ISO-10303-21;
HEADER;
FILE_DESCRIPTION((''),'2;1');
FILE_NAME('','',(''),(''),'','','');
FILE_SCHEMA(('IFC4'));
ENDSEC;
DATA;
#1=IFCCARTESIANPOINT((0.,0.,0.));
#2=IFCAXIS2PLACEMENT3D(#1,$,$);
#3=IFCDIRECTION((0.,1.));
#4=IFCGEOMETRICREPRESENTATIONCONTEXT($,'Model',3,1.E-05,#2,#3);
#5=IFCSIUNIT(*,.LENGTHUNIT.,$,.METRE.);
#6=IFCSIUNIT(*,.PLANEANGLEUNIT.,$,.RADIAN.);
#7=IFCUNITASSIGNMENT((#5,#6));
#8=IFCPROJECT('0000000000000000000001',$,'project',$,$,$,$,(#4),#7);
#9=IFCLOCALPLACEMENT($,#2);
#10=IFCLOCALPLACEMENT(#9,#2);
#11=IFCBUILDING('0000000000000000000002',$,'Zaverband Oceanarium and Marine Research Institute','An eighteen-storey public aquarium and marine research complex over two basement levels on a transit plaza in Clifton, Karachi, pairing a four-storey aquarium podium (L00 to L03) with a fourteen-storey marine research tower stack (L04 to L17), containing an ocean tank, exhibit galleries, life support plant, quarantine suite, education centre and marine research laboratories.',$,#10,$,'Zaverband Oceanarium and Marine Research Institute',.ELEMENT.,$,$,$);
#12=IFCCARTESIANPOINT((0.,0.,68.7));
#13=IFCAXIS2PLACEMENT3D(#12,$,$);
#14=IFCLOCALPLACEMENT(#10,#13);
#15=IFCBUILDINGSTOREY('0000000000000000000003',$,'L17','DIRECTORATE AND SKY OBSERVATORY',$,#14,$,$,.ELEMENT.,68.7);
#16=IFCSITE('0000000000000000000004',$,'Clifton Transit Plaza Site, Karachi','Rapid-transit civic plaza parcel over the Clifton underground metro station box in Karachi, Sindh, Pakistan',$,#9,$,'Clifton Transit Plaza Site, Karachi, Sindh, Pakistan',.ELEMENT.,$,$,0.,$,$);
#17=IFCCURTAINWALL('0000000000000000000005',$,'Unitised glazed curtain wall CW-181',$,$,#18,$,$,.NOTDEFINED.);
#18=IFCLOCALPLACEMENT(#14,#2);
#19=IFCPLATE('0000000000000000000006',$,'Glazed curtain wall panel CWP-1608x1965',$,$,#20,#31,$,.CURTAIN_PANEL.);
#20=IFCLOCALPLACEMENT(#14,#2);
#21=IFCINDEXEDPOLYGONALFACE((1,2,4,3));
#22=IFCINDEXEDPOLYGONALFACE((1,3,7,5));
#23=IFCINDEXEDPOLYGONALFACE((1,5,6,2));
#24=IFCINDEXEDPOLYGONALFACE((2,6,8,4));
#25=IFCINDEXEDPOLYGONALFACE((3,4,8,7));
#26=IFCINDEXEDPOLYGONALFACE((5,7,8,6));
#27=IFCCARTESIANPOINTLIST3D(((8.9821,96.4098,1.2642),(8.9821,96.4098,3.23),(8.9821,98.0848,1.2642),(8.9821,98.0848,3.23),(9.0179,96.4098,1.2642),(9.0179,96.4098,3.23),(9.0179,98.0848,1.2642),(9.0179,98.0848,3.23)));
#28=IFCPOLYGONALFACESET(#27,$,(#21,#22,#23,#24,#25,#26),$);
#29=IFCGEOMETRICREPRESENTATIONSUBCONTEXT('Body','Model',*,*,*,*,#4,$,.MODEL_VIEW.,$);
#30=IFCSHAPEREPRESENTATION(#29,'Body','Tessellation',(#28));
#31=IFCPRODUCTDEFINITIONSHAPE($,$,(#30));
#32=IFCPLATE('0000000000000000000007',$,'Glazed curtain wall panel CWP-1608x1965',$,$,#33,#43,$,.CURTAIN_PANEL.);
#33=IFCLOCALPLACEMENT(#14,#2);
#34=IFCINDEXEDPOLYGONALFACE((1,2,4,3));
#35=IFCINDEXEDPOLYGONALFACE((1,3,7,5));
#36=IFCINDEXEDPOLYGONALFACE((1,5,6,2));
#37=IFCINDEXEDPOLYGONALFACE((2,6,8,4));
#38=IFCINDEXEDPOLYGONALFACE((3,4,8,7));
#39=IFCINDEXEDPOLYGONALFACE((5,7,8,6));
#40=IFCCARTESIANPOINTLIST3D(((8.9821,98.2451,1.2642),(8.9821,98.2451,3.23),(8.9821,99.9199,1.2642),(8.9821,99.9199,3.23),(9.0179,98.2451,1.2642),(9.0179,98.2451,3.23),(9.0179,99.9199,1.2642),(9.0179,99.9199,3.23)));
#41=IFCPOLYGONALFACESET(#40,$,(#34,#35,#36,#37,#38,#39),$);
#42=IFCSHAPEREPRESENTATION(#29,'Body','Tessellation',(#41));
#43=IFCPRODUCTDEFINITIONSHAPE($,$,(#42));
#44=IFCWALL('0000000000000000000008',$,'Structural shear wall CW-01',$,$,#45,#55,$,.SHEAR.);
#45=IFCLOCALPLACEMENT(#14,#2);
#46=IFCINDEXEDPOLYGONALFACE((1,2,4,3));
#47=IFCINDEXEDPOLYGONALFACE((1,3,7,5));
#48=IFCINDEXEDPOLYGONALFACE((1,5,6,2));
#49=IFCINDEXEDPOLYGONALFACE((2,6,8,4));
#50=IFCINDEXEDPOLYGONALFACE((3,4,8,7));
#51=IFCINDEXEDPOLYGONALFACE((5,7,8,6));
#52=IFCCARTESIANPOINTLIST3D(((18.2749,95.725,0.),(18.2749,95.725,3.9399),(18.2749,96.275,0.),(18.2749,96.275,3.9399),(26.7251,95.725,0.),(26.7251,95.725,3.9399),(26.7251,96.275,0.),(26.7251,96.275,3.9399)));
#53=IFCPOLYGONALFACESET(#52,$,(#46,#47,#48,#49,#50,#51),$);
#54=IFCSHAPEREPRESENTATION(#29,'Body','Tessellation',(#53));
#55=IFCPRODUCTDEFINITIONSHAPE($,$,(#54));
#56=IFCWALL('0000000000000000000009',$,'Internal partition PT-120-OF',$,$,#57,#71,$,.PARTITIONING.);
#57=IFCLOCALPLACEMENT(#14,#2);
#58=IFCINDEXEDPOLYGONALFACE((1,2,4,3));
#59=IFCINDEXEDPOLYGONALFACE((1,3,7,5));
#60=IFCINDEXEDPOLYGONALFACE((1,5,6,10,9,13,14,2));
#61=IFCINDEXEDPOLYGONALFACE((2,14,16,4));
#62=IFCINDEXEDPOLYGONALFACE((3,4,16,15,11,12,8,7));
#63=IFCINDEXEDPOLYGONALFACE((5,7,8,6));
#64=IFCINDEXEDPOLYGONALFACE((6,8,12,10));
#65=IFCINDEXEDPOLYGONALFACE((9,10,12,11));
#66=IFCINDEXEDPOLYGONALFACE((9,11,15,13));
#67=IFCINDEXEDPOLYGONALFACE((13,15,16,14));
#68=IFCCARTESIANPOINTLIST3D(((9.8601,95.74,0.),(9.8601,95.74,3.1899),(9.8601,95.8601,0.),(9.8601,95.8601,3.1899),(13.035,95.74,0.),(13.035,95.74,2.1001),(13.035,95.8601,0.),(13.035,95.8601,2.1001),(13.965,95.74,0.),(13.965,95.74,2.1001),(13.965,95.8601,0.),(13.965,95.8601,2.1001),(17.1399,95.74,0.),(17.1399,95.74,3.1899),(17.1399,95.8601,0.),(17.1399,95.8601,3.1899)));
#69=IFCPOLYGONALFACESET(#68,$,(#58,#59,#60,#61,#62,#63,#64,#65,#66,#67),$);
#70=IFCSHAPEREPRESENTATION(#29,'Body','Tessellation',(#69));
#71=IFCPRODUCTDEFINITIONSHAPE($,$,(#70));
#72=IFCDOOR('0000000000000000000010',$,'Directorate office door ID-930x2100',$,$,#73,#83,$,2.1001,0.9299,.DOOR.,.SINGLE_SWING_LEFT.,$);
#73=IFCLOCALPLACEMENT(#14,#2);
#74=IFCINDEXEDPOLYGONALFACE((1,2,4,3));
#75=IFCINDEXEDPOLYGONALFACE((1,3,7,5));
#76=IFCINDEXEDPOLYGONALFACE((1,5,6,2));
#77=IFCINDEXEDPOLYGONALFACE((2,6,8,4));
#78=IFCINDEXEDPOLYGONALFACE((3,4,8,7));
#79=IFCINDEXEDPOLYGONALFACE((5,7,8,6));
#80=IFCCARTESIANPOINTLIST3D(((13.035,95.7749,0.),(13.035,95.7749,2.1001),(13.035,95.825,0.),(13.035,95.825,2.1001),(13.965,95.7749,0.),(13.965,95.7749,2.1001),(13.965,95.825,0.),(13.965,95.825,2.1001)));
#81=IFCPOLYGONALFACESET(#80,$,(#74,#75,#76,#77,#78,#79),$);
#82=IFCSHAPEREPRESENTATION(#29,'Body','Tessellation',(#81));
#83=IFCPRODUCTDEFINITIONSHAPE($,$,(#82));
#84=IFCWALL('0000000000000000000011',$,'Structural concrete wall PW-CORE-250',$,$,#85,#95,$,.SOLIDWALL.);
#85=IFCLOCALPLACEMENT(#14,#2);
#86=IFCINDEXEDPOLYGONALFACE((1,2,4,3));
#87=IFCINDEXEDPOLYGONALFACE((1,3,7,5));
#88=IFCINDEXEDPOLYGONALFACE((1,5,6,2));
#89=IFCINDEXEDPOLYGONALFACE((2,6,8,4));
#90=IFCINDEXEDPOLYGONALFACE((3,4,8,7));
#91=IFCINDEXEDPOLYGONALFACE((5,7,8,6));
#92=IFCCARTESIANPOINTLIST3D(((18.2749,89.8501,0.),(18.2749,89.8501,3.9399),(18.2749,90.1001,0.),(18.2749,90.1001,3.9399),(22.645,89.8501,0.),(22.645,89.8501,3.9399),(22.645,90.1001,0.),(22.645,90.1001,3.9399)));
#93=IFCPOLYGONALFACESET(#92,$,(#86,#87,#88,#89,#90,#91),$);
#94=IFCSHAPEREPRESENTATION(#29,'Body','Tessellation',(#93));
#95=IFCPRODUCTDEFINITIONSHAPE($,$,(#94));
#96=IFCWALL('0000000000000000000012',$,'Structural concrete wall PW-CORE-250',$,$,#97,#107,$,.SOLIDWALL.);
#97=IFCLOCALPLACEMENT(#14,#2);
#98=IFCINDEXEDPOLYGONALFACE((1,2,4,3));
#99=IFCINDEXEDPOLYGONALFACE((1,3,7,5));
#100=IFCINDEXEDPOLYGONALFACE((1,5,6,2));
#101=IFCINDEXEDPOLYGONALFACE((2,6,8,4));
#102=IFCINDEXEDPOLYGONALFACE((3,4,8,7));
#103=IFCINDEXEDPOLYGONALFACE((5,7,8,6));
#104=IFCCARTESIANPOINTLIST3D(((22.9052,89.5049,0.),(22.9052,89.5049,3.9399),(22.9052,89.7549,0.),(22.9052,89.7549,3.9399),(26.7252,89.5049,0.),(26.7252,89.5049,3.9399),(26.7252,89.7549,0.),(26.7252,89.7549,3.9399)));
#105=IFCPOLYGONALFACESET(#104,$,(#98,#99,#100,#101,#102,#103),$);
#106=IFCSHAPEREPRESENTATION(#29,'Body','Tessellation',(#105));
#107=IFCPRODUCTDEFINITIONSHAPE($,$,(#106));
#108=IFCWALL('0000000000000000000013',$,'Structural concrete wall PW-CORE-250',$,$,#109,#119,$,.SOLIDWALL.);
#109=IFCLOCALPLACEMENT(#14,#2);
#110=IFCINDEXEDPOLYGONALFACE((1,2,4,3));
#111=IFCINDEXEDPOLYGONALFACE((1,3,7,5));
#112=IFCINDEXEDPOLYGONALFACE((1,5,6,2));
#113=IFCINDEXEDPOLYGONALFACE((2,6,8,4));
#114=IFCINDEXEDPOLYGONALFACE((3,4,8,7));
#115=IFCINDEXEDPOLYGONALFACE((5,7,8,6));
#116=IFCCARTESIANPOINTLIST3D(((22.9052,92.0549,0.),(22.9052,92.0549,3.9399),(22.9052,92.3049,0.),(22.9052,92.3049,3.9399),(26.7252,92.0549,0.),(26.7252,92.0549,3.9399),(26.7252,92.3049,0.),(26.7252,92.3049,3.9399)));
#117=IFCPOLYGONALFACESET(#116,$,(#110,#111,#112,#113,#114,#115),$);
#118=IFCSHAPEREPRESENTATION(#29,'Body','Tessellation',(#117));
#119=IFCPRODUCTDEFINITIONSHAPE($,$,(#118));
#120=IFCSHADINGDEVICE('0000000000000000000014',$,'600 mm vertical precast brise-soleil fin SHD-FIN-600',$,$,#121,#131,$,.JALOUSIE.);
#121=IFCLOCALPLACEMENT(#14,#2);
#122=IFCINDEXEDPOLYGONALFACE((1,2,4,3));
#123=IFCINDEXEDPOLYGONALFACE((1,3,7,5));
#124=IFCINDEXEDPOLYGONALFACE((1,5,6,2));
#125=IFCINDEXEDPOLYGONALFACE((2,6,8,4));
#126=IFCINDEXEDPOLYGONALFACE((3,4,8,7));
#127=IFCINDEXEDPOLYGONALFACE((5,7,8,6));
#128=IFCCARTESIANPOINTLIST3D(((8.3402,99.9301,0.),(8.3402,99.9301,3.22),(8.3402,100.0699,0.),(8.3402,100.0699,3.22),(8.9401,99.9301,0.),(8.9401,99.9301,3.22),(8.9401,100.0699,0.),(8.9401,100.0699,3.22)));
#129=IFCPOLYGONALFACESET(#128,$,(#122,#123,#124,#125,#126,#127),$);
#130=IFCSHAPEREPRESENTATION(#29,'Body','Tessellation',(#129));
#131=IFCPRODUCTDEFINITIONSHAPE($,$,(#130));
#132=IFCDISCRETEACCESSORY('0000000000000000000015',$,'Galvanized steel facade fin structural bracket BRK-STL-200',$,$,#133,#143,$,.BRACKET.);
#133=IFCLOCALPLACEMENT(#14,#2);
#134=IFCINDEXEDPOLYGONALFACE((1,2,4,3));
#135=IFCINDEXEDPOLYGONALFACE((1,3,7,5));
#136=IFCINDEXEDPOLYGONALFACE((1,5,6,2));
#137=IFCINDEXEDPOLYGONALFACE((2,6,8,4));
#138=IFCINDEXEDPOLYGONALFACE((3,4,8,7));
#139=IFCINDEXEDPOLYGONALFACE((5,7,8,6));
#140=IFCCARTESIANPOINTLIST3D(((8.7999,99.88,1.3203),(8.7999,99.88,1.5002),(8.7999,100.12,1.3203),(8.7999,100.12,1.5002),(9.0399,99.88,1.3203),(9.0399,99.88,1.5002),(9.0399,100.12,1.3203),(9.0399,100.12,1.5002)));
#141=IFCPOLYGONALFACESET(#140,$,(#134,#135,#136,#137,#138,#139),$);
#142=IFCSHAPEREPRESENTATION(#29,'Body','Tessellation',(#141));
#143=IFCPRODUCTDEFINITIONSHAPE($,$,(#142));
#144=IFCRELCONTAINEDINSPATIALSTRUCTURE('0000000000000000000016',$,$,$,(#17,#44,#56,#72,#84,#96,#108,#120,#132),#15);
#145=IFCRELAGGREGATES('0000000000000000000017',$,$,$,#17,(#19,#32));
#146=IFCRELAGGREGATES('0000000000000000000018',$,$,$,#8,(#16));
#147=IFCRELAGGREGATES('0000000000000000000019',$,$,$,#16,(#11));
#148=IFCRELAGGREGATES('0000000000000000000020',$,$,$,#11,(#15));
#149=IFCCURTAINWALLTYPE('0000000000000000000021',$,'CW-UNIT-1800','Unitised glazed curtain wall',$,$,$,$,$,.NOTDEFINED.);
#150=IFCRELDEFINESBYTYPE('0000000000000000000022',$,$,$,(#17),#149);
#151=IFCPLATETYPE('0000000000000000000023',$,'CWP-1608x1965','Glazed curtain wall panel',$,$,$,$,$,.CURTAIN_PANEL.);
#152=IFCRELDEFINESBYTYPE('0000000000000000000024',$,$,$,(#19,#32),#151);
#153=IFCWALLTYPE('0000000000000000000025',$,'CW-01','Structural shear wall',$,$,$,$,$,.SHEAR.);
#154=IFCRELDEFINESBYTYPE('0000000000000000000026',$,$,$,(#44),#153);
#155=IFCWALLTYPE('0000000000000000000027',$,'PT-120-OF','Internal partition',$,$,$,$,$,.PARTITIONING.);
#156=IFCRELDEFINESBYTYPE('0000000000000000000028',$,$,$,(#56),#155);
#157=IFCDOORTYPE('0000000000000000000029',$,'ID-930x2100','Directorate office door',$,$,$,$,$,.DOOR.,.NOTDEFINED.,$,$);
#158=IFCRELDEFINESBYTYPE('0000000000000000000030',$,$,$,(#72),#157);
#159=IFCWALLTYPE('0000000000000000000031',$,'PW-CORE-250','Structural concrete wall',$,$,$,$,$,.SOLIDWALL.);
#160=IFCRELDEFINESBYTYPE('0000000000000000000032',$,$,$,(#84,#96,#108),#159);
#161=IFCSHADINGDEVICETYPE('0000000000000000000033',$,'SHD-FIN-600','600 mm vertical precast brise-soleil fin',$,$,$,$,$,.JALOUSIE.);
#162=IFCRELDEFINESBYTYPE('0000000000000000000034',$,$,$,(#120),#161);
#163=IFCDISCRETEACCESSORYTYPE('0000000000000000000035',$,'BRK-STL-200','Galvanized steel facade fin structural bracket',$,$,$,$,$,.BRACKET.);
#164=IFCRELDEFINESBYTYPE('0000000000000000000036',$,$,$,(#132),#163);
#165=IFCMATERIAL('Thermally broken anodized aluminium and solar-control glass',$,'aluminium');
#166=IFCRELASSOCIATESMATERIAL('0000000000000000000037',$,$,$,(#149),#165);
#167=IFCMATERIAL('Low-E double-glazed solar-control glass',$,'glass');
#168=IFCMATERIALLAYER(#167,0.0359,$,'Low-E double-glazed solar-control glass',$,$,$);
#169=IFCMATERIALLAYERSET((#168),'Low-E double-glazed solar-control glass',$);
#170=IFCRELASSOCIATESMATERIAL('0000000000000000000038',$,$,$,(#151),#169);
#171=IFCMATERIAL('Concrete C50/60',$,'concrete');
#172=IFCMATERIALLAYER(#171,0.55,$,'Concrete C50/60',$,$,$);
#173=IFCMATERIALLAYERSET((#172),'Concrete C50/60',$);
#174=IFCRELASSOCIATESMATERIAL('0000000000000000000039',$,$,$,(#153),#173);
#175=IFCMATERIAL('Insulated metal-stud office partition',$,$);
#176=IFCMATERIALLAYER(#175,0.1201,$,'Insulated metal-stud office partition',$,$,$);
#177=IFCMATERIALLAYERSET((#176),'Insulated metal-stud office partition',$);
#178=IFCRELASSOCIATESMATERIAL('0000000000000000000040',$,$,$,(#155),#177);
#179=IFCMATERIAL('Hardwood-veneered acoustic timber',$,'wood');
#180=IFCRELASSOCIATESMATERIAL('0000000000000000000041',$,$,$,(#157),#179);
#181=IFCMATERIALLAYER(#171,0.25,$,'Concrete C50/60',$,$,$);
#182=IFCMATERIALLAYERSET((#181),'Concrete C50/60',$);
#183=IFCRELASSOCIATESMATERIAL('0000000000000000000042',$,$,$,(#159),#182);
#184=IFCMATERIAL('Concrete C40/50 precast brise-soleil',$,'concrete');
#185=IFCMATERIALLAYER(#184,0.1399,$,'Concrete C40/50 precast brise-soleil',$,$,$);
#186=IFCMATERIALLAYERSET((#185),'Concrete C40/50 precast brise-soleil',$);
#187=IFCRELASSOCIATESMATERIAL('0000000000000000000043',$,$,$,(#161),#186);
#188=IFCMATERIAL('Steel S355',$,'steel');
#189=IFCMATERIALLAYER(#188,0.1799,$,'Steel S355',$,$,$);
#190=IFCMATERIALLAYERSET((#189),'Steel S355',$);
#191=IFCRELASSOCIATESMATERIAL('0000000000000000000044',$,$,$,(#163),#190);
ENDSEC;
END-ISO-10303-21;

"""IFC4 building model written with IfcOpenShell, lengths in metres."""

from ifc_helpers import new_model, si_unit, direction, frame, frame_2d, origin, origin_2d, place, context, subcontext, project, spatial, rectangle, extrude, material, layer, layer_set, type_object, element, fill, aggregate, save


model = new_model("IFC4")

# Units and contexts
model_context = context("Model", 3, precision=1e-05, world=origin(), true_north=direction((0.0, 1.0)))
body_context = subcontext(model_context, "Body", "Model", "MODEL_VIEW")
ifc_project = project(units=[si_unit("LENGTHUNIT", "METRE"), si_unit("PLANEANGLEUNIT", "RADIAN")], contexts=[model_context])

# Site, building, storey
site_placement = place(None, origin())
site = spatial("IfcSite", under=ifc_project, at=site_placement, Name="Clifton Transit Plaza Site, Karachi", Description="Rapid-transit civic plaza parcel over the Clifton underground metro station box in Karachi, Sindh, Pakistan", LongName="Clifton Transit Plaza Site, Karachi, Sindh, Pakistan", CompositionType="ELEMENT", RefElevation=0.0)
building_placement = place(site_placement, origin())
building = spatial("IfcBuilding", under=site, at=building_placement, Name="Zaverband Oceanarium and Marine Research Institute", Description="An eighteen-storey public aquarium and marine research complex over two basement levels on a transit plaza in Clifton, Karachi, pairing a four-storey aquarium podium (L00 to L03) with a fourteen-storey marine research tower stack (L04 to L17), containing an ocean tank, exhibit galleries, life support plant, quarantine suite, education centre and marine research laboratories.", LongName="Zaverband Oceanarium and Marine Research Institute", CompositionType="ELEMENT")
storey_placement = place(building_placement, frame((0.0, 0.0, 68.7)))
storey = spatial("IfcBuildingStorey", under=building, at=storey_placement, Name="L17", Description="DIRECTORATE AND SKY OBSERVATORY", CompositionType="ELEMENT", Elevation=68.7)

# Shared definitions
ifc_material_1 = material(Name="Concrete C50/60", Category="concrete")

# Curtain wall
ifc_material_2 = material(Name="Thermally broken anodized aluminium and solar-control glass", Category="aluminium")
curtain_wall_type = type_object("IfcCurtainWallType", Name="CW-UNIT-1800", Description="Unitised glazed curtain wall", PredefinedType="NOTDEFINED", material=ifc_material_2)
curtain_wall_placement = place(storey_placement, origin())
curtain_wall = element("IfcCurtainWall", 1, at=curtain_wall_placement, inside=storey, type_object=curtain_wall_type, Name="Unitised glazed curtain wall CW-181", PredefinedType="NOTDEFINED")

# Plates
ifc_material_3 = material(Name="Low-E double-glazed solar-control glass", Category="glass")
ifc_layer_1 = layer(ifc_material_3, 0.0359, Name="Low-E double-glazed solar-control glass")
ifc_layer_set_1 = layer_set([ifc_layer_1], Name="Low-E double-glazed solar-control glass")
plate_type_1 = type_object("IfcPlateType", Name="CWP-1608x1965", Description="Glazed curtain wall panel", PredefinedType="CURTAIN_PANEL", material=ifc_layer_set_1)
plate_1_placement = place(storey_placement, frame((9.0, 96.4099, 1.2642), z_axis=(0.0, 0.0, 1.0), x_axis=(0.0, 1.0, 0.0)))
plate_1 = element("IfcPlate", 2, at=plate_1_placement, type_object=plate_type_1, Name="Glazed curtain wall panel CWP-1608x1965", PredefinedType="CURTAIN_PANEL", context=body_context, shape_type="SweptSolid", body=[
    extrude(rectangle(XDim=1.675, YDim=0.0359, at=frame_2d((0.8374, 0.0))), origin(), (0.0, 0.0, 1.0), 1.9658),
])
plate_2_placement = place(storey_placement, frame((9.0, 98.2451, 1.2642), z_axis=(0.0, 0.0, 1.0), x_axis=(0.0, 1.0, 0.0)))
plate_2 = element("IfcPlate", 3, at=plate_2_placement, type_object=plate_type_1, Name="Glazed curtain wall panel CWP-1608x1965", PredefinedType="CURTAIN_PANEL", context=body_context, shape_type="SweptSolid", body=[
    extrude(rectangle(XDim=1.6748, YDim=0.0359, at=frame_2d((0.8374, 0.0))), origin(), (0.0, 0.0, 1.0), 1.9658),
])
aggregate(curtain_wall, [plate_1, plate_2])

# Wall
ifc_layer_2 = layer(ifc_material_1, 0.55, Name="Concrete C50/60")
ifc_layer_set_2 = layer_set([ifc_layer_2], Name="Concrete C50/60")
wall_type_1 = type_object("IfcWallType", Name="CW-01", Description="Structural shear wall", PredefinedType="SHEAR", material=ifc_layer_set_2)
wall_1_placement = place(storey_placement, frame((18.2749, 96.0, 0.0), z_axis=(0.0, 0.0, 1.0), x_axis=(1.0, 0.0, 0.0)))
element("IfcWall", 4, at=wall_1_placement, inside=storey, type_object=wall_type_1, Name="Structural shear wall CW-01", PredefinedType="SHEAR", context=body_context, shape_type="SweptSolid", body=[
    extrude(rectangle(XDim=8.4502, YDim=0.55, at=frame_2d((4.2251, 0.0))), origin(), (0.0, 0.0, 1.0), 3.9399),
])

# Wall, opening, door
ifc_material_4 = material(Name="Insulated metal-stud office partition")
ifc_layer_3 = layer(ifc_material_4, 0.1201, Name="Insulated metal-stud office partition")
ifc_layer_set_3 = layer_set([ifc_layer_3], Name="Insulated metal-stud office partition")
wall_type_2 = type_object("IfcWallType", Name="PT-120-OF", Description="Internal partition", PredefinedType="PARTITIONING", material=ifc_layer_set_3)
wall_2_placement = place(storey_placement, frame((9.8601, 95.8, 0.0), z_axis=(0.0, 0.0, 1.0), x_axis=(1.0, 0.0, 0.0)))
wall_2 = element("IfcWall", 5, at=wall_2_placement, inside=storey, type_object=wall_type_2, Name="Internal partition PT-120-OF", PredefinedType="PARTITIONING", context=body_context, shape_type="SweptSolid", body=[
    extrude(rectangle(XDim=7.2798, YDim=0.1201, at=frame_2d((3.6399, 0.0))), origin(), (0.0, 0.0, 1.0), 3.1899),
])
opening_placement = place(wall_2_placement, frame((3.175, 0.0, 0.0)))
opening = element("IfcOpeningElement", 6, at=opening_placement, cuts=wall_2, PredefinedType="OPENING", context=body_context, shape_type="SweptSolid", body=[
    extrude(rectangle(XDim=0.9299, YDim=2.1001, at=frame_2d((0.4648, 1.05))), frame((0.0, 0.072, 0.0), z_axis=(0.0, -1.0, 0.0), x_axis=(1.0, 0.0, 0.0)), (0.0, 0.0, 1.0), 0.144),
])
ifc_material_5 = material(Name="Hardwood-veneered acoustic timber", Category="wood")
door_type = type_object("IfcDoorType", Name="ID-930x2100", Description="Directorate office door", OperationType="NOTDEFINED", PredefinedType="DOOR", material=ifc_material_5)
door_placement = place(opening_placement, origin())
door = element("IfcDoor", 7, at=door_placement, inside=storey, type_object=door_type, Name="Directorate office door ID-930x2100", OperationType="SINGLE_SWING_LEFT", OverallHeight=2.1001, OverallWidth=0.9299, PredefinedType="DOOR", context=body_context, shape_type="SweptSolid", body=[
    extrude(rectangle(XDim=0.9299, YDim=2.1001, at=frame_2d((0.4648, 1.05))), frame((0.0, 0.0249, 0.0), z_axis=(0.0, -1.0, 0.0), x_axis=(1.0, 0.0, 0.0)), (0.0, 0.0, 1.0), 0.05),
])
fill(opening, door)

# Walls
ifc_layer_4 = layer(ifc_material_1, 0.25, Name="Concrete C50/60")
ifc_layer_set_4 = layer_set([ifc_layer_4], Name="Concrete C50/60")
wall_type_3 = type_object("IfcWallType", Name="PW-CORE-250", Description="Structural concrete wall", PredefinedType="SOLIDWALL", material=ifc_layer_set_4)
wall_3_placement = place(storey_placement, frame((18.2749, 89.9751, 0.0), z_axis=(0.0, 0.0, 1.0), x_axis=(1.0, 0.0, 0.0)))
element("IfcWall", 8, at=wall_3_placement, inside=storey, type_object=wall_type_3, Name="Structural concrete wall PW-CORE-250", PredefinedType="SOLIDWALL", context=body_context, shape_type="SweptSolid", body=[
    extrude(rectangle(XDim=4.3701, YDim=0.25, at=frame_2d((2.1851, 0.0))), origin(), (0.0, 0.0, 1.0), 3.9399),
])
for number, where, z_axis, x_axis, name in (
    (9, (22.905, 89.6299, 0.0), (0.0, 0.0, 1.0), (1.0, 0.0, 0.0), "Structural concrete wall PW-CORE-250"),
    (10, (22.905, 92.1799, 0.0), (0.0, 0.0, 1.0), (1.0, 0.0, 0.0), "Structural concrete wall PW-CORE-250"),
):
    element("IfcWall", number, at=place(storey_placement, frame(where, z_axis=z_axis, x_axis=x_axis)), inside=storey, type_object=wall_type_3, Name=name, PredefinedType="SOLIDWALL", context=body_context, shape_type="SweptSolid", body=[
        extrude(rectangle(XDim=3.8201, YDim=0.25, at=frame_2d((1.9102, 0.0))), origin(), (0.0, 0.0, 1.0), 3.9399),
    ])

# Shading device
ifc_material_6 = material(Name="Concrete C40/50 precast brise-soleil", Category="concrete")
ifc_layer_5 = layer(ifc_material_6, 0.1399, Name="Concrete C40/50 precast brise-soleil")
ifc_layer_set_5 = layer_set([ifc_layer_5], Name="Concrete C40/50 precast brise-soleil")
shading_device_type = type_object("IfcShadingDeviceType", Name="SHD-FIN-600", Description="600 mm vertical precast brise-soleil fin", PredefinedType="JALOUSIE", material=ifc_layer_set_5)
shading_device_placement = place(storey_placement, frame((8.9399, 100.0, 0.0), z_axis=(0.0, 0.0, 1.0), x_axis=(-1.0, 0.0, 0.0)))
element("IfcShadingDevice", 11, at=shading_device_placement, inside=storey, type_object=shading_device_type, Name="600 mm vertical precast brise-soleil fin SHD-FIN-600", PredefinedType="JALOUSIE", context=body_context, shape_type="SweptSolid", body=[
    extrude(rectangle(XDim=0.5999, YDim=0.1399, at=frame_2d((0.2998, 0.0))), origin(), (0.0, 0.0, 1.0), 3.22),
])

# Discrete accessory
ifc_material_7 = material(Name="Steel S355", Category="steel")
ifc_layer_6 = layer(ifc_material_7, 0.1799, Name="Steel S355")
ifc_layer_set_6 = layer_set([ifc_layer_6], Name="Steel S355")
discrete_accessory_type = type_object("IfcDiscreteAccessoryType", Name="BRK-STL-200", Description="Galvanized steel facade fin structural bracket", PredefinedType="BRACKET", material=ifc_layer_set_6)
discrete_accessory_placement = place(storey_placement, frame((8.9199, 100.0, 1.3203), z_axis=(0.0, 0.0, 1.0), x_axis=(1.0, 0.0, 0.0)))
element("IfcDiscreteAccessory", 12, at=discrete_accessory_placement, inside=storey, type_object=discrete_accessory_type, Name="Galvanized steel facade fin structural bracket BRK-STL-200", PredefinedType="BRACKET", context=body_context, shape_type="SweptSolid", body=[
    extrude(rectangle(XDim=0.24, YDim=0.24, at=origin_2d()), origin(), (0.0, 0.0, 1.0), 0.1799),
])

save(model, "model.ifc")
